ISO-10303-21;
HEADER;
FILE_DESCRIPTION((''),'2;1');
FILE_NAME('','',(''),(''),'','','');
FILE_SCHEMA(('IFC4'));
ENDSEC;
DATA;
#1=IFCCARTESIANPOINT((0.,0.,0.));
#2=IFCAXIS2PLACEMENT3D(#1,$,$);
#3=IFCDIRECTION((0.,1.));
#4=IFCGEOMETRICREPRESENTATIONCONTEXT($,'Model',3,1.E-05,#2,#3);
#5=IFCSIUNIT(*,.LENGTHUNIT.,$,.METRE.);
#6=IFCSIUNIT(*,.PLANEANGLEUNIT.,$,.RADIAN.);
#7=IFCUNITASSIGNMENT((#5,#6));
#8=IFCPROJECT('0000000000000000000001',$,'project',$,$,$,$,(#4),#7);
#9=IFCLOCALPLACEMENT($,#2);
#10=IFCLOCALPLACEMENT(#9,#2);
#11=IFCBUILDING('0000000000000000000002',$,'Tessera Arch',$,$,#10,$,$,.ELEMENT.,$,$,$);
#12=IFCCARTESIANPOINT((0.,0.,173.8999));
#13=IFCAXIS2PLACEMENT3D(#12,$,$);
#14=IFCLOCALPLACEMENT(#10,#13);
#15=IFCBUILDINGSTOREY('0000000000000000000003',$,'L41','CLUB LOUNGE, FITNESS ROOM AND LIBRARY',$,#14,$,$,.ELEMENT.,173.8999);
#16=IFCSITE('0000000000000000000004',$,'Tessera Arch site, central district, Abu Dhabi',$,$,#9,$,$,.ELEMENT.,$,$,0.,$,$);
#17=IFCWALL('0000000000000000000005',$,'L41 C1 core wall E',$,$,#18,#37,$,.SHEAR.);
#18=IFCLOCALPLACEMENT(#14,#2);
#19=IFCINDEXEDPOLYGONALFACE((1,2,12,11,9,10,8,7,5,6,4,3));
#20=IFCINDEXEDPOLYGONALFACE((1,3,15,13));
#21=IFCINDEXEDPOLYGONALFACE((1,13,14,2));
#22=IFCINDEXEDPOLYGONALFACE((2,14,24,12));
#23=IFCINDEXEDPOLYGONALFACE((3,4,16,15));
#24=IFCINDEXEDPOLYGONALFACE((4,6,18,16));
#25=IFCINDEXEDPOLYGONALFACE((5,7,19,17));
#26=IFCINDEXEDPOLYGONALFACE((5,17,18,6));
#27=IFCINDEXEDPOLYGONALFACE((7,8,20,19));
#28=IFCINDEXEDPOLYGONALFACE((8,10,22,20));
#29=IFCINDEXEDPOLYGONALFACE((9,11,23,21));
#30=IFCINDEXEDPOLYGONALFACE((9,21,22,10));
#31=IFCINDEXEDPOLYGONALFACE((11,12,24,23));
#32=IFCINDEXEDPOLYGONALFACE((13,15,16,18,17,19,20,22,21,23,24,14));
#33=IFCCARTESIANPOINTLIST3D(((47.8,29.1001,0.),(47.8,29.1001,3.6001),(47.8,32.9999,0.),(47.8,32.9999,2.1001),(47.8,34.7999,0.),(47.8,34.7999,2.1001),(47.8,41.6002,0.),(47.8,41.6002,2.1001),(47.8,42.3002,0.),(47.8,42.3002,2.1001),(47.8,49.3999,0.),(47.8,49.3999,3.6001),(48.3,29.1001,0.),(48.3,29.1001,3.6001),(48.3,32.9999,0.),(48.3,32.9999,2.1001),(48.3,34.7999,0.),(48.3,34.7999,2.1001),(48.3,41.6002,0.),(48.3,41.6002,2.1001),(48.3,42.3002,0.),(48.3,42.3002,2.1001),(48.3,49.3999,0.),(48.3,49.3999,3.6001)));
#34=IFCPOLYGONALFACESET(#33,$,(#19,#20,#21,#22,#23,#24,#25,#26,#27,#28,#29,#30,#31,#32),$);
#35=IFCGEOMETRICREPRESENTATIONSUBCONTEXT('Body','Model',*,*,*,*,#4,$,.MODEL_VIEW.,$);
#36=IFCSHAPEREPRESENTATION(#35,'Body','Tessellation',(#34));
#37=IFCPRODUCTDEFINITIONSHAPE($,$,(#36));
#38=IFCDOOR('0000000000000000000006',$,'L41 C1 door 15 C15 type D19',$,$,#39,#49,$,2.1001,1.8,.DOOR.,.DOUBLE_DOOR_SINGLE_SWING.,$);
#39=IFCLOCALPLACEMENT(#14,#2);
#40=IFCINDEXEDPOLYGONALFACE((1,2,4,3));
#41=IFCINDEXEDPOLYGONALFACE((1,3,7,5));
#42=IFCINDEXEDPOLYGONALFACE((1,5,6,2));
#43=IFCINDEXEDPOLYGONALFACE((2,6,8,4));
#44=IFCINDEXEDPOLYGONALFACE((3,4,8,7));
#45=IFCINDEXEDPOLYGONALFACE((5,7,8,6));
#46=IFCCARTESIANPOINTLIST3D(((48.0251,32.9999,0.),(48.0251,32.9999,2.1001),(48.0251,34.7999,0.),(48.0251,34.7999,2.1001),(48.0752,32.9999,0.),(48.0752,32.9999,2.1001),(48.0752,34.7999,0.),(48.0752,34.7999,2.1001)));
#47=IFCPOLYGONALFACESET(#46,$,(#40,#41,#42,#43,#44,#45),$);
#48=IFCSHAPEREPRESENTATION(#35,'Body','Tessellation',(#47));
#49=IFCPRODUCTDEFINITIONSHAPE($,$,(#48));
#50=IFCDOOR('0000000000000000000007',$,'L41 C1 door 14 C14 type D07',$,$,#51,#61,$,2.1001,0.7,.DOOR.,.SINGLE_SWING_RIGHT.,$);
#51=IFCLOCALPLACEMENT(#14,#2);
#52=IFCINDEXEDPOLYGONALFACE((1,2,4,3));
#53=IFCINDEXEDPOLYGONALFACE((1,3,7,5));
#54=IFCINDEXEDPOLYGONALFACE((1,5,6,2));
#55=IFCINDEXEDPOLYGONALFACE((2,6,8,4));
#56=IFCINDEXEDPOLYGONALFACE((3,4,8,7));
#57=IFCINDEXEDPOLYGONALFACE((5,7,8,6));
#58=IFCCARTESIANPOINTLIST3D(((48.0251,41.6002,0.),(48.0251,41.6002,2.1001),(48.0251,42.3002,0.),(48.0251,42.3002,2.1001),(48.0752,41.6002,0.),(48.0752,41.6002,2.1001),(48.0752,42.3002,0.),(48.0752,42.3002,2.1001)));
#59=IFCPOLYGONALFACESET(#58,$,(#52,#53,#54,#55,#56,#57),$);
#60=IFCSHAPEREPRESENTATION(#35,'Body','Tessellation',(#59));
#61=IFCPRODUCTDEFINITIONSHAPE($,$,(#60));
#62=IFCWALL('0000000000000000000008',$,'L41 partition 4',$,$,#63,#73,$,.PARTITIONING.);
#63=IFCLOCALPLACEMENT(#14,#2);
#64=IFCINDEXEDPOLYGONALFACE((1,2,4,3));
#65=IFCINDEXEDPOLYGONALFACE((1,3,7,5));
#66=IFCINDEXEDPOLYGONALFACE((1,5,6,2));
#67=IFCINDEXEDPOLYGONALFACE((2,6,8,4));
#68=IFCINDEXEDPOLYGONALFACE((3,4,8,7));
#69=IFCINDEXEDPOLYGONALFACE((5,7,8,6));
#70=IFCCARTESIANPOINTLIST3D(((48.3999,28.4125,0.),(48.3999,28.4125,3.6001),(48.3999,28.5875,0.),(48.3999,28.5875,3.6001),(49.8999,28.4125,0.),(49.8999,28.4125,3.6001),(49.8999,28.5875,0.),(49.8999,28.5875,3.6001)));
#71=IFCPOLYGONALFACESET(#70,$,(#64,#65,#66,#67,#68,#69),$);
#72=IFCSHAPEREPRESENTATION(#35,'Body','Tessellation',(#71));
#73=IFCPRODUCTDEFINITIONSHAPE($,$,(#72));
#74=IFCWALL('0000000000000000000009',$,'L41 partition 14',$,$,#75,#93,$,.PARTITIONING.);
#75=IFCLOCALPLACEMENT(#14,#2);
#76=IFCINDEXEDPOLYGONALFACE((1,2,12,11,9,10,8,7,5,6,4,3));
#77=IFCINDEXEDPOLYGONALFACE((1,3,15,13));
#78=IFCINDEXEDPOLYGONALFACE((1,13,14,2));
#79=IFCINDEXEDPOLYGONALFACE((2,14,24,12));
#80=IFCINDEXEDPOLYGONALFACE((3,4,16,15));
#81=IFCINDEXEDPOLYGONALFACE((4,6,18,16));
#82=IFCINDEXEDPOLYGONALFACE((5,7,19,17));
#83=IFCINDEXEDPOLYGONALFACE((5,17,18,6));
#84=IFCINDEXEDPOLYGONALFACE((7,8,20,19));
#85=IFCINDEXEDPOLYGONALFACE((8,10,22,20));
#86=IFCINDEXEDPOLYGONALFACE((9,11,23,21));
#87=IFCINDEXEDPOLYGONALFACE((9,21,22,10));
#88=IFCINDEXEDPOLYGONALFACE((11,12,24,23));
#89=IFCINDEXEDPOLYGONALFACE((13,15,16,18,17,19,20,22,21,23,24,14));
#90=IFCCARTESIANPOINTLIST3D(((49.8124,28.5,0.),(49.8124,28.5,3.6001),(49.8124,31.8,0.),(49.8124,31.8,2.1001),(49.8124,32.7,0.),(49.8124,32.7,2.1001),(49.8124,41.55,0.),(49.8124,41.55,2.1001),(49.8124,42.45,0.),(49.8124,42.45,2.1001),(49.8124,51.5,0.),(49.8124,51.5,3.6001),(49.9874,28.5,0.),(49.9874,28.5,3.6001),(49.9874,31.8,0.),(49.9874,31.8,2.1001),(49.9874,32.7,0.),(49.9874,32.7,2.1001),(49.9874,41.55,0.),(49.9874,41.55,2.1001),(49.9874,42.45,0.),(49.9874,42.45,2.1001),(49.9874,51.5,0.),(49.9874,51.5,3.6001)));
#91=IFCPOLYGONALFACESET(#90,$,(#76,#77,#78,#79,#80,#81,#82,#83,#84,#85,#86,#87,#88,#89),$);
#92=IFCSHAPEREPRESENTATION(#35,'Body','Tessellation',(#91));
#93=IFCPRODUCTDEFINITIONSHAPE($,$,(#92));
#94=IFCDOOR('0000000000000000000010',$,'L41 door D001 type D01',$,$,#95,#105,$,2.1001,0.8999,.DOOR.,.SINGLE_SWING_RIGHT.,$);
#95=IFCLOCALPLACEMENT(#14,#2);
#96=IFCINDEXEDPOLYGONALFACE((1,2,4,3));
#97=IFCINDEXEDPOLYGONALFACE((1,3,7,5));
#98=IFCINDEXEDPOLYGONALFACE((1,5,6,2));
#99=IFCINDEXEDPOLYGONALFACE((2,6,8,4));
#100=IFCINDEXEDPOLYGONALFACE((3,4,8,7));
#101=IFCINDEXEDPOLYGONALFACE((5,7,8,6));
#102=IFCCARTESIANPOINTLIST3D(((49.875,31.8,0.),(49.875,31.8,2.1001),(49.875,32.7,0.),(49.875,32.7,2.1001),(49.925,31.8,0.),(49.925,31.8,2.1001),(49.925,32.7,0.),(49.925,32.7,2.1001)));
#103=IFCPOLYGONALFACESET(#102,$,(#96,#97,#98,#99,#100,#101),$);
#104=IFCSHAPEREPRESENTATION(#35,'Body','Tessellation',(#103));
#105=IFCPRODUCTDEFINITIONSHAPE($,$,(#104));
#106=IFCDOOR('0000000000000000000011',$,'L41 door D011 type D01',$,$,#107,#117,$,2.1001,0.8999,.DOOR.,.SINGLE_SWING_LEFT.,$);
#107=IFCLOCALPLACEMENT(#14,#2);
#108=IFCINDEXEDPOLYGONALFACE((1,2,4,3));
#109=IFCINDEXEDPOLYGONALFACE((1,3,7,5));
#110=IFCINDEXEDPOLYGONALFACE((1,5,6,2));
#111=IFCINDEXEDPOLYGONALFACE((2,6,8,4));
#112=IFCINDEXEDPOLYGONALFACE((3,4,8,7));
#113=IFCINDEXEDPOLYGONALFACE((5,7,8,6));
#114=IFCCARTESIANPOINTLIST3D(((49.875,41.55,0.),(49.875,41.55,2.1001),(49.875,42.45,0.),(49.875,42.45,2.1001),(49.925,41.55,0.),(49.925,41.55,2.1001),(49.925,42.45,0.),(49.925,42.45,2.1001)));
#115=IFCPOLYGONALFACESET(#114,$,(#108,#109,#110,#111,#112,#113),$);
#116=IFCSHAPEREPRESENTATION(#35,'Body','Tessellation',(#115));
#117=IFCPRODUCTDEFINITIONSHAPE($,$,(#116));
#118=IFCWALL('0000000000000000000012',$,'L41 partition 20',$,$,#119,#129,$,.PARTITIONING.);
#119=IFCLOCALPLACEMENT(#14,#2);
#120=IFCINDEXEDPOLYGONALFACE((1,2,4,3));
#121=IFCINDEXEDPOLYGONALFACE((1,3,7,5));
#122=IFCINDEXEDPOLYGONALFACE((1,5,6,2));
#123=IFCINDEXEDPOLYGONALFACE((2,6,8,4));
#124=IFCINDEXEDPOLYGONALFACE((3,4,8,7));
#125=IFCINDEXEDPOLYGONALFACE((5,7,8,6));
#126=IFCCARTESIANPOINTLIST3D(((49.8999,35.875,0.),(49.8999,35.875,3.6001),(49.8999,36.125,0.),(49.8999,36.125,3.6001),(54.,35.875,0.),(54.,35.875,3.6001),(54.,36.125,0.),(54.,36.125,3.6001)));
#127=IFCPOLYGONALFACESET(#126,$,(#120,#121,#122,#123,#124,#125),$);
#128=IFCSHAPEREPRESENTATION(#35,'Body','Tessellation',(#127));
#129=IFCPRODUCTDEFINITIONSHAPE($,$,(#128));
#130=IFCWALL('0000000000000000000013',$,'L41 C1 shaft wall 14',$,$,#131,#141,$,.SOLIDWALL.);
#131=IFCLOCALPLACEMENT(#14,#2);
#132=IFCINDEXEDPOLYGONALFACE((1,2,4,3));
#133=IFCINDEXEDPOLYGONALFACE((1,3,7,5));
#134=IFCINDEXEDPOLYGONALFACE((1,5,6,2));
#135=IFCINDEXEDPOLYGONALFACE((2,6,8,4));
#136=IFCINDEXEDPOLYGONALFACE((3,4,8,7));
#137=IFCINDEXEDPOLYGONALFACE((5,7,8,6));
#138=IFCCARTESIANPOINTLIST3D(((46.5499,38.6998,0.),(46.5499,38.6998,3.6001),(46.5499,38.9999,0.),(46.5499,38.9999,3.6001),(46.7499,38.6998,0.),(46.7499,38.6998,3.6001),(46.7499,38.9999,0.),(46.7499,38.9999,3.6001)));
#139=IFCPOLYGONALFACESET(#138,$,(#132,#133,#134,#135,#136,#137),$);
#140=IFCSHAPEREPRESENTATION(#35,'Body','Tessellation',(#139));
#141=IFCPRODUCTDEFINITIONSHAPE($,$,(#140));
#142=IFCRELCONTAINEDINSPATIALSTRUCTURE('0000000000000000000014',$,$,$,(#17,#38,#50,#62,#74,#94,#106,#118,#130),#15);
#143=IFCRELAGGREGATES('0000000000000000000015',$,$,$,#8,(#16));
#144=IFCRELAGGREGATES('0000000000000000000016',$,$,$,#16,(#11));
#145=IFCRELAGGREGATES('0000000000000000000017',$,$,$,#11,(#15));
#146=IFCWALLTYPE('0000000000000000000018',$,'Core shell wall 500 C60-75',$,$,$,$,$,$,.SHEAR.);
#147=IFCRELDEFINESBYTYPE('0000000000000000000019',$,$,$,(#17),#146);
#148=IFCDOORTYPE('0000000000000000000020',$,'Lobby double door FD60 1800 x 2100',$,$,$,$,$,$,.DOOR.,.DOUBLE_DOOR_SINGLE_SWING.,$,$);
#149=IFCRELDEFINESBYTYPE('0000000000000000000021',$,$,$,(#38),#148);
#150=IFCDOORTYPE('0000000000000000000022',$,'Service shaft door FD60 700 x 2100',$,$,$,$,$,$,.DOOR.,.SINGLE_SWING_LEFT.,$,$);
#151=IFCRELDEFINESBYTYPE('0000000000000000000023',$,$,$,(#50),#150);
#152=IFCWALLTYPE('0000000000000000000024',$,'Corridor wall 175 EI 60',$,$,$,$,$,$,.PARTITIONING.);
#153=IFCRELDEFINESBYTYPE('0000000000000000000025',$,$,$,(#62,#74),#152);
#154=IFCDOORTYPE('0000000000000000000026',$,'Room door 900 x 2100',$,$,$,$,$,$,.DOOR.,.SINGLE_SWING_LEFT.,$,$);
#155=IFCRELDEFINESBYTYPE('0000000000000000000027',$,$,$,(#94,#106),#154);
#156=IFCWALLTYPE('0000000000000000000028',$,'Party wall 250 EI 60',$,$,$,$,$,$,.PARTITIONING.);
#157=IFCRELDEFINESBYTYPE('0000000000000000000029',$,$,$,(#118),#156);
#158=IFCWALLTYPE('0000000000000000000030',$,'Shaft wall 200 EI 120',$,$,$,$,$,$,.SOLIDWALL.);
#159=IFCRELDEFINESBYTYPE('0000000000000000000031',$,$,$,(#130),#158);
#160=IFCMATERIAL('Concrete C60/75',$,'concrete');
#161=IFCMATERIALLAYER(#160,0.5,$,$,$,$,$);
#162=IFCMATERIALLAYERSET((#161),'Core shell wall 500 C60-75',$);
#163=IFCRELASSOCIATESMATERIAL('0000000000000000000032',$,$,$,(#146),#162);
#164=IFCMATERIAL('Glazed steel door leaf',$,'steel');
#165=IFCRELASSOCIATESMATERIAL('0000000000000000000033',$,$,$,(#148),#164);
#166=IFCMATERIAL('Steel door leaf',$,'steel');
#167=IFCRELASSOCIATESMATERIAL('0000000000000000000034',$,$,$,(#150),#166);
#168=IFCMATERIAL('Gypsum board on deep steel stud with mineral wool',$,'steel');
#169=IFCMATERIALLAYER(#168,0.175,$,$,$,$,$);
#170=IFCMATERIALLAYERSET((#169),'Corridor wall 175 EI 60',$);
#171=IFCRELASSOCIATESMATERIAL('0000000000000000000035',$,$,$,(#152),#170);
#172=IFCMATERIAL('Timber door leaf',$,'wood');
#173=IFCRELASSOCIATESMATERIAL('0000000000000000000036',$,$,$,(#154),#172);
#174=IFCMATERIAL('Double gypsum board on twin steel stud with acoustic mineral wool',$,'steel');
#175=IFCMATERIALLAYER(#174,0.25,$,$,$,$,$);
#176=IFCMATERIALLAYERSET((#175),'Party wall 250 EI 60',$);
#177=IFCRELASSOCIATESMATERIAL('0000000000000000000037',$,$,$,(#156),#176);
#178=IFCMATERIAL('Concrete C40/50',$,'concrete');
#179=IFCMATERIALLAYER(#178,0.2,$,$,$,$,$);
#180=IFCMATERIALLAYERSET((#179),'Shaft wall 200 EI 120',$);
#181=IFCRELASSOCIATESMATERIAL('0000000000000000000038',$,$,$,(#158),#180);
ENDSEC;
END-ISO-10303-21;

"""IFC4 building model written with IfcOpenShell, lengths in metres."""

from ifc_helpers import new_model, si_unit, direction, frame, frame_2d, origin, place, context, subcontext, project, spatial, rectangle, extrude, material, layer, layer_set, type_object, element, fill, save


model = new_model("IFC4")

# Units and contexts
model_context = context("Model", 3, precision=1e-05, world=origin(), true_north=direction((0.0, 1.0)))
body_context = subcontext(model_context, "Body", "Model", "MODEL_VIEW")
ifc_project = project(units=[si_unit("LENGTHUNIT", "METRE"), si_unit("PLANEANGLEUNIT", "RADIAN")], contexts=[model_context])

# Site, building, storey
site_placement = place(None, origin())
site = spatial("IfcSite", under=ifc_project, at=site_placement, Name="Tessera Arch site, central district, Abu Dhabi", CompositionType="ELEMENT", RefElevation=0.0)
building_placement = place(site_placement, origin())
building = spatial("IfcBuilding", under=site, at=building_placement, Name="Tessera Arch", CompositionType="ELEMENT")
storey_placement = place(building_placement, frame((0.0, 0.0, 173.8999)))
storey = spatial("IfcBuildingStorey", under=building, at=storey_placement, Name="L41", Description="CLUB LOUNGE, FITNESS ROOM AND LIBRARY", CompositionType="ELEMENT", Elevation=173.8999)

# Wall, openings, doors
ifc_material_1 = material(Name="Concrete C60/75", Category="concrete")
ifc_layer_1 = layer(ifc_material_1, 0.5)
ifc_layer_set_1 = layer_set([ifc_layer_1], Name="Core shell wall 500 C60-75")
wall_type_1 = type_object("IfcWallType", Name="Core shell wall 500 C60-75", PredefinedType="SHEAR", material=ifc_layer_set_1)
wall_1_placement = place(storey_placement, frame((48.05, 29.1001, 0.0), z_axis=(0.0, 0.0, 1.0), x_axis=(0.0, 1.0, 0.0)))
wall_1 = element("IfcWall", 1, at=wall_1_placement, inside=storey, type_object=wall_type_1, Name="L41 C1 core wall E", PredefinedType="SHEAR", context=body_context, shape_type="SweptSolid", body=[
    extrude(rectangle(XDim=20.2998, YDim=0.5, at=frame_2d((10.1499, 0.0))), origin(), (0.0, 0.0, 1.0), 3.6001),
])
opening_1_placement = place(wall_1_placement, frame((12.5, 0.0, 0.0)))
opening_1 = element("IfcOpeningElement", 2, at=opening_1_placement, cuts=wall_1, PredefinedType="OPENING", context=body_context, shape_type="SweptSolid", body=[
    extrude(rectangle(XDim=0.7, YDim=2.1001, at=frame_2d((0.3501, 1.05))), frame((0.0, 0.26, 0.0), z_axis=(0.0, -1.0, 0.0), x_axis=(1.0, 0.0, 0.0)), (0.0, 0.0, 1.0), 0.52),
])
opening_2_placement = place(wall_1_placement, frame((3.8999, 0.0, 0.0)))
opening_2 = element("IfcOpeningElement", 3, at=opening_2_placement, cuts=wall_1, PredefinedType="OPENING", context=body_context, shape_type="SweptSolid", body=[
    extrude(rectangle(XDim=1.8, YDim=2.1001, at=frame_2d((0.8999, 1.05))), frame((0.0, 0.26, 0.0), z_axis=(0.0, -1.0, 0.0), x_axis=(1.0, 0.0, 0.0)), (0.0, 0.0, 1.0), 0.52),
])
ifc_material_2 = material(Name="Glazed steel door leaf", Category="steel")
door_type_1 = type_object("IfcDoorType", Name="Lobby double door FD60 1800 x 2100", OperationType="DOUBLE_DOOR_SINGLE_SWING", PredefinedType="DOOR", material=ifc_material_2)
door_1_placement = place(opening_2_placement, origin())
door_1 = element("IfcDoor", 4, at=door_1_placement, inside=storey, type_object=door_type_1, Name="L41 C1 door 15 C15 type D19", OperationType="DOUBLE_DOOR_SINGLE_SWING", OverallHeight=2.1001, OverallWidth=1.8, PredefinedType="DOOR", context=body_context, shape_type="SweptSolid", body=[
    extrude(rectangle(XDim=1.8, YDim=2.1001, at=frame_2d((0.8999, 1.05))), frame((0.0, 0.0249, 0.0), z_axis=(0.0, -1.0, 0.0), x_axis=(1.0, 0.0, 0.0)), (0.0, 0.0, 1.0), 0.05),
])
fill(opening_2, door_1)
ifc_material_3 = material(Name="Steel door leaf", Category="steel")
door_type_2 = type_object("IfcDoorType", Name="Service shaft door FD60 700 x 2100", OperationType="SINGLE_SWING_LEFT", PredefinedType="DOOR", material=ifc_material_3)
door_2_placement = place(opening_1_placement, origin())
door_2 = element("IfcDoor", 5, at=door_2_placement, inside=storey, type_object=door_type_2, Name="L41 C1 door 14 C14 type D07", OperationType="SINGLE_SWING_RIGHT", OverallHeight=2.1001, OverallWidth=0.7, PredefinedType="DOOR", context=body_context, shape_type="SweptSolid", body=[
    extrude(rectangle(XDim=0.7, YDim=2.1001, at=frame_2d((0.3501, 1.05))), frame((0.0, 0.0249, 0.0), z_axis=(0.0, -1.0, 0.0), x_axis=(1.0, 0.0, 0.0)), (0.0, 0.0, 1.0), 0.05),
])
fill(opening_1, door_2)

# Wall
ifc_material_4 = material(Name="Gypsum board on deep steel stud with mineral wool", Category="steel")
ifc_layer_2 = layer(ifc_material_4, 0.175)
ifc_layer_set_2 = layer_set([ifc_layer_2], Name="Corridor wall 175 EI 60")
wall_type_2 = type_object("IfcWallType", Name="Corridor wall 175 EI 60", PredefinedType="PARTITIONING", material=ifc_layer_set_2)
wall_2_placement = place(storey_placement, frame((48.3999, 28.5, 0.0), z_axis=(0.0, 0.0, 1.0), x_axis=(1.0, 0.0, 0.0)))
element("IfcWall", 6, at=wall_2_placement, inside=storey, type_object=wall_type_2, Name="L41 partition 4", PredefinedType="PARTITIONING", context=body_context, shape_type="SweptSolid", body=[
    extrude(rectangle(XDim=1.5, YDim=0.175, at=frame_2d((0.75, 0.0))), origin(), (0.0, 0.0, 1.0), 3.6001),
])

# Wall, openings, doors
wall_3_placement = place(storey_placement, frame((49.8999, 28.5, 0.0), z_axis=(0.0, 0.0, 1.0), x_axis=(0.0, 1.0, 0.0)))
wall_3 = element("IfcWall", 7, at=wall_3_placement, inside=storey, type_object=wall_type_2, Name="L41 partition 14", PredefinedType="PARTITIONING", context=body_context, shape_type="SweptSolid", body=[
    extrude(rectangle(XDim=23.0, YDim=0.175, at=frame_2d((11.5, 0.0))), origin(), (0.0, 0.0, 1.0), 3.6001),
])
opening_3_placement = place(wall_3_placement, frame((3.3, 0.0, 0.0)))
opening_3 = element("IfcOpeningElement", 8, at=opening_3_placement, cuts=wall_3, PredefinedType="OPENING", context=body_context, shape_type="SweptSolid", body=[
    extrude(rectangle(XDim=0.8999, YDim=2.1001, at=frame_2d((0.45, 1.05))), frame((0.0, 0.0974, 0.0), z_axis=(0.0, -1.0, 0.0), x_axis=(1.0, 0.0, 0.0)), (0.0, 0.0, 1.0), 0.1951),
])
opening_4_placement = place(wall_3_placement, frame((13.05, 0.0, 0.0)))
opening_4 = element("IfcOpeningElement", 9, at=opening_4_placement, cuts=wall_3, PredefinedType="OPENING", context=body_context, shape_type="SweptSolid", body=[
    extrude(rectangle(XDim=0.8999, YDim=2.1001, at=frame_2d((0.45, 1.05))), frame((0.0, 0.0974, 0.0), z_axis=(0.0, -1.0, 0.0), x_axis=(1.0, 0.0, 0.0)), (0.0, 0.0, 1.0), 0.1951),
])
ifc_material_5 = material(Name="Timber door leaf", Category="wood")
door_type_3 = type_object("IfcDoorType", Name="Room door 900 x 2100", OperationType="SINGLE_SWING_LEFT", PredefinedType="DOOR", material=ifc_material_5)
door_3_placement = place(opening_3_placement, origin())
door_3 = element("IfcDoor", 10, at=door_3_placement, inside=storey, type_object=door_type_3, Name="L41 door D001 type D01", OperationType="SINGLE_SWING_RIGHT", OverallHeight=2.1001, OverallWidth=0.8999, PredefinedType="DOOR", context=body_context, shape_type="SweptSolid", body=[
    extrude(rectangle(XDim=0.8999, YDim=2.1001, at=frame_2d((0.45, 1.05))), frame((0.0, 0.0249, 0.0), z_axis=(0.0, -1.0, 0.0), x_axis=(1.0, 0.0, 0.0)), (0.0, 0.0, 1.0), 0.05),
])
fill(opening_3, door_3)
door_4_placement = place(opening_4_placement, origin())
door_4 = element("IfcDoor", 11, at=door_4_placement, inside=storey, type_object=door_type_3, Name="L41 door D011 type D01", OperationType="SINGLE_SWING_LEFT", OverallHeight=2.1001, OverallWidth=0.8999, PredefinedType="DOOR", context=body_context, shape_type="SweptSolid", body=[
    extrude(rectangle(XDim=0.8999, YDim=2.1001, at=frame_2d((0.45, 1.05))), frame((0.0, 0.0249, 0.0), z_axis=(0.0, -1.0, 0.0), x_axis=(1.0, 0.0, 0.0)), (0.0, 0.0, 1.0), 0.05),
])
fill(opening_4, door_4)

# Walls
ifc_material_6 = material(Name="Double gypsum board on twin steel stud with acoustic mineral wool", Category="steel")
ifc_layer_3 = layer(ifc_material_6, 0.25)
ifc_layer_set_3 = layer_set([ifc_layer_3], Name="Party wall 250 EI 60")
wall_type_3 = type_object("IfcWallType", Name="Party wall 250 EI 60", PredefinedType="PARTITIONING", material=ifc_layer_set_3)
wall_4_placement = place(storey_placement, frame((49.8999, 36.0, 0.0), z_axis=(0.0, 0.0, 1.0), x_axis=(1.0, 0.0, 0.0)))
element("IfcWall", 12, at=wall_4_placement, inside=storey, type_object=wall_type_3, Name="L41 partition 20", PredefinedType="PARTITIONING", context=body_context, shape_type="SweptSolid", body=[
    extrude(rectangle(XDim=4.1001, YDim=0.25, at=frame_2d((2.05, 0.0))), origin(), (0.0, 0.0, 1.0), 3.6001),
])
ifc_material_7 = material(Name="Concrete C40/50", Category="concrete")
ifc_layer_4 = layer(ifc_material_7, 0.2)
ifc_layer_set_4 = layer_set([ifc_layer_4], Name="Shaft wall 200 EI 120")
wall_type_4 = type_object("IfcWallType", Name="Shaft wall 200 EI 120", PredefinedType="SOLIDWALL", material=ifc_layer_set_4)
wall_5_placement = place(storey_placement, frame((46.6499, 38.7, 0.0), z_axis=(0.0, 0.0, 1.0), x_axis=(0.0, 1.0, 0.0)))
element("IfcWall", 13, at=wall_5_placement, inside=storey, type_object=wall_type_4, Name="L41 C1 shaft wall 14", PredefinedType="SOLIDWALL", context=body_context, shape_type="SweptSolid", body=[
    extrude(rectangle(XDim=0.3, YDim=0.2, at=frame_2d((0.1499, 0.0))), origin(), (0.0, 0.0, 1.0), 3.6001),
])

save(model, "model.ifc")
